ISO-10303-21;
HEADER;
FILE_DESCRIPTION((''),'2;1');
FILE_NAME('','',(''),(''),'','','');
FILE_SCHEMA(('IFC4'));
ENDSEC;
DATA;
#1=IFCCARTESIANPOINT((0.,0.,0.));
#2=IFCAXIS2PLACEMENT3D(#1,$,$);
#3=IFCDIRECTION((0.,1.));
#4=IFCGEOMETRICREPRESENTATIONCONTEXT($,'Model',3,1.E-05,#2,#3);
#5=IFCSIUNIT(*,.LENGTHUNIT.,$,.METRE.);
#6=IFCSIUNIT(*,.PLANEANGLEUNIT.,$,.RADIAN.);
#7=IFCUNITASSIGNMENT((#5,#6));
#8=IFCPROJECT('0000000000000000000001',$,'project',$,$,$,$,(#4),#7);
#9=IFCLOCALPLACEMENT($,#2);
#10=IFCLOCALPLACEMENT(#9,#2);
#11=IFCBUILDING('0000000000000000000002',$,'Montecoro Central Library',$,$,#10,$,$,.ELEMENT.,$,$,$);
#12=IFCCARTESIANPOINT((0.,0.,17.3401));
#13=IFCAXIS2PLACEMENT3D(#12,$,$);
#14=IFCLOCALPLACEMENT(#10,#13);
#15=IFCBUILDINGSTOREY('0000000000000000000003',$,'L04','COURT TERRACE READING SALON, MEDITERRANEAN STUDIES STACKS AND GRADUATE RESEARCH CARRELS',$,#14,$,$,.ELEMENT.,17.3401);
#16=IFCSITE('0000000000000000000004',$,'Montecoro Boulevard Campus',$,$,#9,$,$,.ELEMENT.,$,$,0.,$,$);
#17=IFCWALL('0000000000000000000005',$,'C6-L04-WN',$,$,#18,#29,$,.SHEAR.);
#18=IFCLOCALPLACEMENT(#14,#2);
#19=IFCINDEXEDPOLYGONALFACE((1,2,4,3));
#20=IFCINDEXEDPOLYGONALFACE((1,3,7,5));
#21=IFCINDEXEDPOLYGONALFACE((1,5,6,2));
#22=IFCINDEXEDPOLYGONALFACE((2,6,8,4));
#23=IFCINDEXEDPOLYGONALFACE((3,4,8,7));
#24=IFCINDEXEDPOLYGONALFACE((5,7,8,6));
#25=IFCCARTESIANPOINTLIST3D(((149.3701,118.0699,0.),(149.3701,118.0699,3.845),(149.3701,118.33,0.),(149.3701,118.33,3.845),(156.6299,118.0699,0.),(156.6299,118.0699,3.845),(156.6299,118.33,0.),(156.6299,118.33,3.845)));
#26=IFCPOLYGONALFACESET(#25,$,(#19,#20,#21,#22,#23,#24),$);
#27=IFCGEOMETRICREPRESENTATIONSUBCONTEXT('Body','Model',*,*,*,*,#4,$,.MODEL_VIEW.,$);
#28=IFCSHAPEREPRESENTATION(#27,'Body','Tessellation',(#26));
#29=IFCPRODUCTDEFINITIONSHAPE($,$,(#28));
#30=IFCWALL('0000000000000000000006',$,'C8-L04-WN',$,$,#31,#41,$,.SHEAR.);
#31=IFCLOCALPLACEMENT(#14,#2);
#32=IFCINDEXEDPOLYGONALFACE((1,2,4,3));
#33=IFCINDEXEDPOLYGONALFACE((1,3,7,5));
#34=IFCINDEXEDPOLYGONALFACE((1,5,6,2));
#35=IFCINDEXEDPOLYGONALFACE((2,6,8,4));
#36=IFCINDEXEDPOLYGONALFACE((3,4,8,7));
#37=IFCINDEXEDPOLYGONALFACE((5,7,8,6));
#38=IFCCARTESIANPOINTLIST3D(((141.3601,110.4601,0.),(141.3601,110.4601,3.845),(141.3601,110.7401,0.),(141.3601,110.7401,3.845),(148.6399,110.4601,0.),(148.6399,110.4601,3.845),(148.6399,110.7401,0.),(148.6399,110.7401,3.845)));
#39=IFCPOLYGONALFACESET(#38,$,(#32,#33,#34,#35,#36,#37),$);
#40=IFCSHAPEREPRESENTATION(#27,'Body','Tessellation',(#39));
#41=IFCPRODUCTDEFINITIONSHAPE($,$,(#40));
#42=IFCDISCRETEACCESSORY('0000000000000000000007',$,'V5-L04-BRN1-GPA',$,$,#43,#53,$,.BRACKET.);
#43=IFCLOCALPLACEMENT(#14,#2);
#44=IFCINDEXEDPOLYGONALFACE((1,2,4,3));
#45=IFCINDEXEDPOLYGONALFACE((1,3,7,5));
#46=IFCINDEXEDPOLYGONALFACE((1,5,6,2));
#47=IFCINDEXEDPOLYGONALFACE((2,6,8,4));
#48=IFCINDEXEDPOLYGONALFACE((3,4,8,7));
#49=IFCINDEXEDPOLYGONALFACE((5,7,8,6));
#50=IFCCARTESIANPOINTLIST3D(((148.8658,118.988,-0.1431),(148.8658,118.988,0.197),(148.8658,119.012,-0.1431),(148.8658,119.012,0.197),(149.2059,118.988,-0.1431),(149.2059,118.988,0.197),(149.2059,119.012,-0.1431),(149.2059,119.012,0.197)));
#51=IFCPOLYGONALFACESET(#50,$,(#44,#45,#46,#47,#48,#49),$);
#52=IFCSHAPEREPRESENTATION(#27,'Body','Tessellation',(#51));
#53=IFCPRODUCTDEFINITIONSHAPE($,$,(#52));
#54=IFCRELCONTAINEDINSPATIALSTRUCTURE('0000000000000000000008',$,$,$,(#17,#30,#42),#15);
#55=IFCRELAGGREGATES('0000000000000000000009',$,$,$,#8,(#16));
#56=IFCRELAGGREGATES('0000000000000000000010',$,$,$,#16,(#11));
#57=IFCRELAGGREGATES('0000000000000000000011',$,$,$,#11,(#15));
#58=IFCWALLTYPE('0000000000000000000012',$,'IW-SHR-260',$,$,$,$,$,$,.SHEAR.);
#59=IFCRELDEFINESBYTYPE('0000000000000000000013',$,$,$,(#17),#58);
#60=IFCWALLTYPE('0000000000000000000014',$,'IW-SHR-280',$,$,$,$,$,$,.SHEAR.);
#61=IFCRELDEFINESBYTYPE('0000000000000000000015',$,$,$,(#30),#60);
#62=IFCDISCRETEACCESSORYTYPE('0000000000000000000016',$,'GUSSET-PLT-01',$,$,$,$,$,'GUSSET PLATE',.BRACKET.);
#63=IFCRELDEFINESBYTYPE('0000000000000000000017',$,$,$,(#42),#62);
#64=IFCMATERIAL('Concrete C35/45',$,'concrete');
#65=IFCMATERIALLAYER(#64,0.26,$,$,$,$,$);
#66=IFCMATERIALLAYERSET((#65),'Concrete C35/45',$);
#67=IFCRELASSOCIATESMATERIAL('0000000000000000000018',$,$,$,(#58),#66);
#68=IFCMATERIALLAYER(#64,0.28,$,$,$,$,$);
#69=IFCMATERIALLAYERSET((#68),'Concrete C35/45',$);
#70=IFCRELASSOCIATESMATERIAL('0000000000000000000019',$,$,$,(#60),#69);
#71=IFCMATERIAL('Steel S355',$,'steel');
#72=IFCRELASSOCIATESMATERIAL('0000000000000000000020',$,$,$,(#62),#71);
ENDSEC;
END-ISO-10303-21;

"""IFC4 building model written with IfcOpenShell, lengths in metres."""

from ifc_helpers import new_model, si_unit, direction, frame, frame_2d, origin, origin_2d, place, context, subcontext, project, spatial, rectangle, extrude, material, layer, layer_set, type_object, element, save


model = new_model("IFC4")

# Units and contexts
model_context = context("Model", 3, precision=1e-05, world=origin(), true_north=direction((0.0, 1.0)))
body_context = subcontext(model_context, "Body", "Model", "MODEL_VIEW")
ifc_project = project(units=[si_unit("LENGTHUNIT", "METRE"), si_unit("PLANEANGLEUNIT", "RADIAN")], contexts=[model_context])

# Site, building, storey
site_placement = place(None, origin())
site = spatial("IfcSite", under=ifc_project, at=site_placement, Name="Montecoro Boulevard Campus", CompositionType="ELEMENT", RefElevation=0.0)
building_placement = place(site_placement, origin())
building = spatial("IfcBuilding", under=site, at=building_placement, Name="Montecoro Central Library", CompositionType="ELEMENT")
storey_placement = place(building_placement, frame((0.0, 0.0, 17.3401)))
storey = spatial("IfcBuildingStorey", under=building, at=storey_placement, Name="L04", Description="COURT TERRACE READING SALON, MEDITERRANEAN STUDIES STACKS AND GRADUATE RESEARCH CARRELS", CompositionType="ELEMENT", Elevation=17.3401)

# Shared definitions
ifc_material_1 = material(Name="Steel S355", Category="steel")

# Shared definitions
ifc_material_2 = material(Name="Concrete C35/45", Category="concrete")
ifc_layer_1 = layer(ifc_material_2, 0.26)
ifc_layer_set_1 = layer_set([ifc_layer_1], Name="Concrete C35/45")
wall_type_1 = type_object("IfcWallType", Name="IW-SHR-260", PredefinedType="SHEAR", material=ifc_layer_set_1)

# Walls
wall_1_placement = place(storey_placement, frame((149.3701, 118.2, 0.0), z_axis=(0.0, 0.0, 1.0), x_axis=(1.0, 0.0, 0.0)))
element("IfcWall", 1, at=wall_1_placement, inside=storey, type_object=wall_type_1, Name="C6-L04-WN", PredefinedType="SHEAR", context=body_context, shape_type="SweptSolid", body=[
    extrude(rectangle(XDim=7.2598, YDim=0.26, at=frame_2d((3.6299, 0.0))), origin(), (0.0, 0.0, 1.0), 3.845),
])
ifc_layer_2 = layer(ifc_material_2, 0.28)
ifc_layer_set_2 = layer_set([ifc_layer_2], Name="Concrete C35/45")
wall_type_2 = type_object("IfcWallType", Name="IW-SHR-280", PredefinedType="SHEAR", material=ifc_layer_set_2)
wall_2_placement = place(storey_placement, frame((141.3601, 110.6001, 0.0), z_axis=(0.0, 0.0, 1.0), x_axis=(1.0, 0.0, 0.0)))
element("IfcWall", 2, at=wall_2_placement, inside=storey, type_object=wall_type_2, Name="C8-L04-WN", PredefinedType="SHEAR", context=body_context, shape_type="SweptSolid", body=[
    extrude(rectangle(XDim=7.2798, YDim=0.28, at=frame_2d((3.6399, 0.0))), origin(), (0.0, 0.0, 1.0), 3.845),
])

# Discrete accessory
discrete_accessory_type = type_object("IfcDiscreteAccessoryType", Name="GUSSET-PLT-01", ElementType="GUSSET PLATE", PredefinedType="BRACKET", material=ifc_material_1)
discrete_accessory_placement = place(storey_placement, frame((149.0359, 119.0, -0.1431), z_axis=(0.0, 0.0, 1.0), x_axis=(1.0, 0.0, 0.0)))
element("IfcDiscreteAccessory", 3, at=discrete_accessory_placement, inside=storey, type_object=discrete_accessory_type, Name="V5-L04-BRN1-GPA", PredefinedType="BRACKET", context=body_context, shape_type="SweptSolid", body=[
    extrude(rectangle(XDim=0.3401, YDim=0.0239, at=origin_2d()), origin(), (0.0, 0.0, 1.0), 0.3401),
])

save(model, "model.ifc")
